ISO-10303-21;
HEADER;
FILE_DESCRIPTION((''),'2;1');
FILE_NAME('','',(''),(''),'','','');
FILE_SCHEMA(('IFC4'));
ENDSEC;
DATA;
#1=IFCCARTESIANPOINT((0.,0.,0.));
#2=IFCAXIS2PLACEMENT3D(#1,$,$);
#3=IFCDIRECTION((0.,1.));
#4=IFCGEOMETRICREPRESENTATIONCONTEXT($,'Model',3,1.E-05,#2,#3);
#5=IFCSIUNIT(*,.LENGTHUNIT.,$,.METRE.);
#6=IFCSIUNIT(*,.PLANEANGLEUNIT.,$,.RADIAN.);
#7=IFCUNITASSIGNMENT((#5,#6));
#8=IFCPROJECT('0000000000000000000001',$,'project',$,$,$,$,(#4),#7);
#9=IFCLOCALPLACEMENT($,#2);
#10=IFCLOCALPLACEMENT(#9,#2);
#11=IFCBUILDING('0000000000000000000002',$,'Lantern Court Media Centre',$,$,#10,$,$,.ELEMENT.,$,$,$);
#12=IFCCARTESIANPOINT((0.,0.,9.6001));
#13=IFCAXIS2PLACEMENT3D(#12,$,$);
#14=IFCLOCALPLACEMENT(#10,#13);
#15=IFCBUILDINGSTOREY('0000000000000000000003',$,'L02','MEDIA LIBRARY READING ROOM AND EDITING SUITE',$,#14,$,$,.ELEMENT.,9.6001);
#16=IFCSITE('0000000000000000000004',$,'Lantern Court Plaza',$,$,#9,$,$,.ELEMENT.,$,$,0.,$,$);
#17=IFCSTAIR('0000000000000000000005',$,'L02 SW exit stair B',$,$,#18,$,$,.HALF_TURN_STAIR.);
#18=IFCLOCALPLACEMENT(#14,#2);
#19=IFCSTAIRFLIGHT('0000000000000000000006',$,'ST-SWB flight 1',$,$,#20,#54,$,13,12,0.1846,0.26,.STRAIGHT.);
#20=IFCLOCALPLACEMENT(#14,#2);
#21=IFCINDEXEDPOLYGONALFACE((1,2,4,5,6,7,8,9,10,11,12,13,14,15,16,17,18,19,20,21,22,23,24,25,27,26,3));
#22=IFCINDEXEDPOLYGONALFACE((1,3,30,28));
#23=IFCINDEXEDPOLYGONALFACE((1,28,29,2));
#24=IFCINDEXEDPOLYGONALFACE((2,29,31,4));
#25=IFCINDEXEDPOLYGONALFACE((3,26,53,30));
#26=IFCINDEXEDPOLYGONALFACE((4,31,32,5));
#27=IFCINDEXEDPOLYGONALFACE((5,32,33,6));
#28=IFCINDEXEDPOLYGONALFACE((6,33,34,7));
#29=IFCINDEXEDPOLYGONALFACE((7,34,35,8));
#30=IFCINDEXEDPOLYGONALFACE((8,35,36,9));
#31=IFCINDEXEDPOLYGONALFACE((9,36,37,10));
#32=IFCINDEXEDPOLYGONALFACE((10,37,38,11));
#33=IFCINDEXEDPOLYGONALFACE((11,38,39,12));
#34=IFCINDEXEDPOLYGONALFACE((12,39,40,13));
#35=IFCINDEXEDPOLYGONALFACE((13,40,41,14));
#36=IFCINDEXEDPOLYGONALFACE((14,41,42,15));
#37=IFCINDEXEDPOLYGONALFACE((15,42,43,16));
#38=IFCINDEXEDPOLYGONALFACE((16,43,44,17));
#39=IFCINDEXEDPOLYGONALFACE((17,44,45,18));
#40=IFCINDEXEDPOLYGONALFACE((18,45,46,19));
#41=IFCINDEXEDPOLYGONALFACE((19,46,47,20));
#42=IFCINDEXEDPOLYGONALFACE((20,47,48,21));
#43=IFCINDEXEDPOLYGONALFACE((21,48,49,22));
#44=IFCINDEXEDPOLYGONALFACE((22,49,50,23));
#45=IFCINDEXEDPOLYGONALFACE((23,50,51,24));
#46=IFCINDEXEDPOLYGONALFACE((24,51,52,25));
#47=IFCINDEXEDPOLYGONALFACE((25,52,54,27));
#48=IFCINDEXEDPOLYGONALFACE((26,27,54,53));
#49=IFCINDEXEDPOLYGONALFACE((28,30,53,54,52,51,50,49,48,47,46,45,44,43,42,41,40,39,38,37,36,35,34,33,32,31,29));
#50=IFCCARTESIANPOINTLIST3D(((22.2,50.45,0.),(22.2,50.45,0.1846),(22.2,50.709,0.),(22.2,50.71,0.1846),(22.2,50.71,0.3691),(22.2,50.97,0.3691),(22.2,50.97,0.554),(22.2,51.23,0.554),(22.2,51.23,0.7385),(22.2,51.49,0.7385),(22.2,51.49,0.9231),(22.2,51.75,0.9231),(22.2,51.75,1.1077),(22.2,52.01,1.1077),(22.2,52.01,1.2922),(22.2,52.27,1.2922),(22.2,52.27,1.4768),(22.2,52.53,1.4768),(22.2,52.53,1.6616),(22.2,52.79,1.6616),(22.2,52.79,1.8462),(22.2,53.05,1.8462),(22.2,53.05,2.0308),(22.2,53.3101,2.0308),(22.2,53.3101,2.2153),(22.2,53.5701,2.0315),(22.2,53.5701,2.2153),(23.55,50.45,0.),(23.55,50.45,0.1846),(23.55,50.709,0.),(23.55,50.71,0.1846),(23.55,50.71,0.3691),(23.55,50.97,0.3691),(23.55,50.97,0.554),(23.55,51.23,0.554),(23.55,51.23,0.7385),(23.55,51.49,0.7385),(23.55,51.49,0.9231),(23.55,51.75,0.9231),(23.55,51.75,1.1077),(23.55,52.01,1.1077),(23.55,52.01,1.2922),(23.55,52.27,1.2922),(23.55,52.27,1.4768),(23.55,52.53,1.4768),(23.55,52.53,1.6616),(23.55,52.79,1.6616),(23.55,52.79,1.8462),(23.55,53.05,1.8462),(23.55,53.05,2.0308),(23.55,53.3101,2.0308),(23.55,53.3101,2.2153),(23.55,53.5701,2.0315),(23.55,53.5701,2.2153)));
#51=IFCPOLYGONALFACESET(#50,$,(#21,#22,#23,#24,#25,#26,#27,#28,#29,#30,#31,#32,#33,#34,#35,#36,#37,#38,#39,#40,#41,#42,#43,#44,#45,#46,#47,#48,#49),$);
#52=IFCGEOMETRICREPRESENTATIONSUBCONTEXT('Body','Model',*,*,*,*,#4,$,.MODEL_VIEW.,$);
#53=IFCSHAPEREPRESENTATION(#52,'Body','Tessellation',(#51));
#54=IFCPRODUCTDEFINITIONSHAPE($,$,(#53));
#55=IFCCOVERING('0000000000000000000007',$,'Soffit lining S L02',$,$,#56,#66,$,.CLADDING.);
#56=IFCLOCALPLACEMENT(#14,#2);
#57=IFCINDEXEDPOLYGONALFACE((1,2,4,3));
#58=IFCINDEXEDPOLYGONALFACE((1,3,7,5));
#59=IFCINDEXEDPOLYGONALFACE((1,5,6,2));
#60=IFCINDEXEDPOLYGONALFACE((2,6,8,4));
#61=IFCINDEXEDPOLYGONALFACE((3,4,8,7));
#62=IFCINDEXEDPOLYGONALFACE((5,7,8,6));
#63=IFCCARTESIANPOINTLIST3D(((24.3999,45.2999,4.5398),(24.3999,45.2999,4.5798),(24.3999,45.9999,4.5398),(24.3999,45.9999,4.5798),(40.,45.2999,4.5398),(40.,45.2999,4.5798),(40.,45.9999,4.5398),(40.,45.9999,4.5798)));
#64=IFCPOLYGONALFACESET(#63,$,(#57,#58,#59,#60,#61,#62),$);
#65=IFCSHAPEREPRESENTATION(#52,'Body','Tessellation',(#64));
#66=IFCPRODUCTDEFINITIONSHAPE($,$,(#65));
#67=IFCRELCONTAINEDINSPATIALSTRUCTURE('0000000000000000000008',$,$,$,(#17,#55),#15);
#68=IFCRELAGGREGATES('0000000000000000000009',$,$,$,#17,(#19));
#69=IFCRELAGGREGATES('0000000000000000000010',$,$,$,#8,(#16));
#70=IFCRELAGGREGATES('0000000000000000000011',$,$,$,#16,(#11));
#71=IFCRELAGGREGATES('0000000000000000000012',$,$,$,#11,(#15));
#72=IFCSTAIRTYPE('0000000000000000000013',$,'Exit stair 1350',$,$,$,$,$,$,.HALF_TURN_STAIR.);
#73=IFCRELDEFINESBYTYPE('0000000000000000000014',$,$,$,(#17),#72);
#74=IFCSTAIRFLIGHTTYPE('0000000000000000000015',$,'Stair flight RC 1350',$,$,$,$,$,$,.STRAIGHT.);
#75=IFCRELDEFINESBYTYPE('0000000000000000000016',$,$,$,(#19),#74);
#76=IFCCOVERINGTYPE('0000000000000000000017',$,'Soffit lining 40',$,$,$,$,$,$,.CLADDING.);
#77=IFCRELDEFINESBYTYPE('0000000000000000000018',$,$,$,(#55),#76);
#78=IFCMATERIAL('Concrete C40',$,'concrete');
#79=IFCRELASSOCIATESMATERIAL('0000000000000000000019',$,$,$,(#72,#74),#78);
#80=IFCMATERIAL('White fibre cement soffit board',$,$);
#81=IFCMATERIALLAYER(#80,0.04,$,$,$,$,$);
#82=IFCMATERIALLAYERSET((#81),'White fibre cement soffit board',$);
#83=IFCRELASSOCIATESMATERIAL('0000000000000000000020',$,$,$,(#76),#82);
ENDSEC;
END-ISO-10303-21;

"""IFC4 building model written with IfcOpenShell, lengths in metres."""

from ifc_helpers import new_model, si_unit, direction, frame, frame_2d, origin, place, context, subcontext, project, spatial, polyline, rectangle, outline, extrude, material, layer, layer_set, type_object, element, aggregate, save


model = new_model("IFC4")

# Units and contexts
model_context = context("Model", 3, precision=1e-05, world=origin(), true_north=direction((0.0, 1.0)))
body_context = subcontext(model_context, "Body", "Model", "MODEL_VIEW")
ifc_project = project(units=[si_unit("LENGTHUNIT", "METRE"), si_unit("PLANEANGLEUNIT", "RADIAN")], contexts=[model_context])

# Site, building, storey
site_placement = place(None, origin())
site = spatial("IfcSite", under=ifc_project, at=site_placement, Name="Lantern Court Plaza", CompositionType="ELEMENT", RefElevation=0.0)
building_placement = place(site_placement, origin())
building = spatial("IfcBuilding", under=site, at=building_placement, Name="Lantern Court Media Centre", CompositionType="ELEMENT")
storey_placement = place(building_placement, frame((0.0, 0.0, 9.6001)))
storey = spatial("IfcBuildingStorey", under=building, at=storey_placement, Name="L02", Description="MEDIA LIBRARY READING ROOM AND EDITING SUITE", CompositionType="ELEMENT", Elevation=9.6001)

# Stair, stair flight
ifc_material_1 = material(Name="Concrete C40", Category="concrete")
stair_type = type_object("IfcStairType", Name="Exit stair 1350", PredefinedType="HALF_TURN_STAIR", material=ifc_material_1)
stair_flight_type = type_object("IfcStairFlightType", Name="Stair flight RC 1350", PredefinedType="STRAIGHT", material=ifc_material_1)
stair_1_placement = place(storey_placement, origin())
stair_1 = element("IfcStair", 1, at=stair_1_placement, inside=storey, type_object=stair_type, Name="L02 SW exit stair B", PredefinedType="HALF_TURN_STAIR")
stair_flight_1_placement = place(storey_placement, frame((22.875, 50.45, 0.0), z_axis=(0.0, 0.0, 1.0), x_axis=(0.0, 1.0, 0.0)))
stair_flight_1 = element("IfcStairFlight", 2, at=stair_flight_1_placement, type_object=stair_flight_type, Name="ST-SWB flight 1", NumberOfRisers=13, NumberOfTreads=12, PredefinedType="STRAIGHT", RiserHeight=0.1846, TreadLength=0.26, context=body_context, shape_type="SweptSolid", body=[
    extrude(outline(polyline([(0.0, 0.0), (0.0, 0.1846), (0.26, 0.1846), (0.26, 0.3691), (0.52, 0.3691), (0.52, 0.554), (0.78, 0.554), (0.78, 0.7385), (1.04, 0.7385), (1.04, 0.9231), (1.3, 0.9231), (1.3, 1.1077), (1.5601, 1.1077), (1.5601, 1.2922), (1.8201, 1.2922), (1.8201, 1.4768), (2.0801, 1.4768), (2.0801, 1.6616), (2.3401, 1.6616), (2.3401, 1.8462), (2.6001, 1.8462), (2.6001, 2.0308), (2.8601, 2.0308), (2.8601, 2.2153), (3.1201, 2.2153), (3.1201, 2.3999), (3.1201, 2.0315), (0.259, 0.0), (0.0, 0.0)])), frame((0.0, 0.675, 0.0), z_axis=(0.0, -1.0, 0.0), x_axis=(1.0, 0.0, 0.0)), (0.0, 0.0, 1.0), 1.3501),
])
aggregate(stair_1, [stair_flight_1])

# Covering
ifc_material_2 = material(Name="White fibre cement soffit board")
ifc_layer_1 = layer(ifc_material_2, 0.04)
ifc_layer_set_1 = layer_set([ifc_layer_1], Name="White fibre cement soffit board")
covering_type = type_object("IfcCoveringType", Name="Soffit lining 40", PredefinedType="CLADDING", material=ifc_layer_set_1)
covering_placement = place(storey_placement, frame((24.3999, 45.6499, 4.5398), z_axis=(0.0, 0.0, 1.0), x_axis=(1.0, 0.0, 0.0)))
element("IfcCovering", 3, at=covering_placement, inside=storey, type_object=covering_type, Name="Soffit lining S L02", PredefinedType="CLADDING", context=body_context, shape_type="SweptSolid", body=[
    extrude(rectangle(XDim=15.6001, YDim=0.7, at=frame_2d((7.8, 0.0))), origin(), (0.0, 0.0, 1.0), 0.04),
])

save(model, "model.ifc")
